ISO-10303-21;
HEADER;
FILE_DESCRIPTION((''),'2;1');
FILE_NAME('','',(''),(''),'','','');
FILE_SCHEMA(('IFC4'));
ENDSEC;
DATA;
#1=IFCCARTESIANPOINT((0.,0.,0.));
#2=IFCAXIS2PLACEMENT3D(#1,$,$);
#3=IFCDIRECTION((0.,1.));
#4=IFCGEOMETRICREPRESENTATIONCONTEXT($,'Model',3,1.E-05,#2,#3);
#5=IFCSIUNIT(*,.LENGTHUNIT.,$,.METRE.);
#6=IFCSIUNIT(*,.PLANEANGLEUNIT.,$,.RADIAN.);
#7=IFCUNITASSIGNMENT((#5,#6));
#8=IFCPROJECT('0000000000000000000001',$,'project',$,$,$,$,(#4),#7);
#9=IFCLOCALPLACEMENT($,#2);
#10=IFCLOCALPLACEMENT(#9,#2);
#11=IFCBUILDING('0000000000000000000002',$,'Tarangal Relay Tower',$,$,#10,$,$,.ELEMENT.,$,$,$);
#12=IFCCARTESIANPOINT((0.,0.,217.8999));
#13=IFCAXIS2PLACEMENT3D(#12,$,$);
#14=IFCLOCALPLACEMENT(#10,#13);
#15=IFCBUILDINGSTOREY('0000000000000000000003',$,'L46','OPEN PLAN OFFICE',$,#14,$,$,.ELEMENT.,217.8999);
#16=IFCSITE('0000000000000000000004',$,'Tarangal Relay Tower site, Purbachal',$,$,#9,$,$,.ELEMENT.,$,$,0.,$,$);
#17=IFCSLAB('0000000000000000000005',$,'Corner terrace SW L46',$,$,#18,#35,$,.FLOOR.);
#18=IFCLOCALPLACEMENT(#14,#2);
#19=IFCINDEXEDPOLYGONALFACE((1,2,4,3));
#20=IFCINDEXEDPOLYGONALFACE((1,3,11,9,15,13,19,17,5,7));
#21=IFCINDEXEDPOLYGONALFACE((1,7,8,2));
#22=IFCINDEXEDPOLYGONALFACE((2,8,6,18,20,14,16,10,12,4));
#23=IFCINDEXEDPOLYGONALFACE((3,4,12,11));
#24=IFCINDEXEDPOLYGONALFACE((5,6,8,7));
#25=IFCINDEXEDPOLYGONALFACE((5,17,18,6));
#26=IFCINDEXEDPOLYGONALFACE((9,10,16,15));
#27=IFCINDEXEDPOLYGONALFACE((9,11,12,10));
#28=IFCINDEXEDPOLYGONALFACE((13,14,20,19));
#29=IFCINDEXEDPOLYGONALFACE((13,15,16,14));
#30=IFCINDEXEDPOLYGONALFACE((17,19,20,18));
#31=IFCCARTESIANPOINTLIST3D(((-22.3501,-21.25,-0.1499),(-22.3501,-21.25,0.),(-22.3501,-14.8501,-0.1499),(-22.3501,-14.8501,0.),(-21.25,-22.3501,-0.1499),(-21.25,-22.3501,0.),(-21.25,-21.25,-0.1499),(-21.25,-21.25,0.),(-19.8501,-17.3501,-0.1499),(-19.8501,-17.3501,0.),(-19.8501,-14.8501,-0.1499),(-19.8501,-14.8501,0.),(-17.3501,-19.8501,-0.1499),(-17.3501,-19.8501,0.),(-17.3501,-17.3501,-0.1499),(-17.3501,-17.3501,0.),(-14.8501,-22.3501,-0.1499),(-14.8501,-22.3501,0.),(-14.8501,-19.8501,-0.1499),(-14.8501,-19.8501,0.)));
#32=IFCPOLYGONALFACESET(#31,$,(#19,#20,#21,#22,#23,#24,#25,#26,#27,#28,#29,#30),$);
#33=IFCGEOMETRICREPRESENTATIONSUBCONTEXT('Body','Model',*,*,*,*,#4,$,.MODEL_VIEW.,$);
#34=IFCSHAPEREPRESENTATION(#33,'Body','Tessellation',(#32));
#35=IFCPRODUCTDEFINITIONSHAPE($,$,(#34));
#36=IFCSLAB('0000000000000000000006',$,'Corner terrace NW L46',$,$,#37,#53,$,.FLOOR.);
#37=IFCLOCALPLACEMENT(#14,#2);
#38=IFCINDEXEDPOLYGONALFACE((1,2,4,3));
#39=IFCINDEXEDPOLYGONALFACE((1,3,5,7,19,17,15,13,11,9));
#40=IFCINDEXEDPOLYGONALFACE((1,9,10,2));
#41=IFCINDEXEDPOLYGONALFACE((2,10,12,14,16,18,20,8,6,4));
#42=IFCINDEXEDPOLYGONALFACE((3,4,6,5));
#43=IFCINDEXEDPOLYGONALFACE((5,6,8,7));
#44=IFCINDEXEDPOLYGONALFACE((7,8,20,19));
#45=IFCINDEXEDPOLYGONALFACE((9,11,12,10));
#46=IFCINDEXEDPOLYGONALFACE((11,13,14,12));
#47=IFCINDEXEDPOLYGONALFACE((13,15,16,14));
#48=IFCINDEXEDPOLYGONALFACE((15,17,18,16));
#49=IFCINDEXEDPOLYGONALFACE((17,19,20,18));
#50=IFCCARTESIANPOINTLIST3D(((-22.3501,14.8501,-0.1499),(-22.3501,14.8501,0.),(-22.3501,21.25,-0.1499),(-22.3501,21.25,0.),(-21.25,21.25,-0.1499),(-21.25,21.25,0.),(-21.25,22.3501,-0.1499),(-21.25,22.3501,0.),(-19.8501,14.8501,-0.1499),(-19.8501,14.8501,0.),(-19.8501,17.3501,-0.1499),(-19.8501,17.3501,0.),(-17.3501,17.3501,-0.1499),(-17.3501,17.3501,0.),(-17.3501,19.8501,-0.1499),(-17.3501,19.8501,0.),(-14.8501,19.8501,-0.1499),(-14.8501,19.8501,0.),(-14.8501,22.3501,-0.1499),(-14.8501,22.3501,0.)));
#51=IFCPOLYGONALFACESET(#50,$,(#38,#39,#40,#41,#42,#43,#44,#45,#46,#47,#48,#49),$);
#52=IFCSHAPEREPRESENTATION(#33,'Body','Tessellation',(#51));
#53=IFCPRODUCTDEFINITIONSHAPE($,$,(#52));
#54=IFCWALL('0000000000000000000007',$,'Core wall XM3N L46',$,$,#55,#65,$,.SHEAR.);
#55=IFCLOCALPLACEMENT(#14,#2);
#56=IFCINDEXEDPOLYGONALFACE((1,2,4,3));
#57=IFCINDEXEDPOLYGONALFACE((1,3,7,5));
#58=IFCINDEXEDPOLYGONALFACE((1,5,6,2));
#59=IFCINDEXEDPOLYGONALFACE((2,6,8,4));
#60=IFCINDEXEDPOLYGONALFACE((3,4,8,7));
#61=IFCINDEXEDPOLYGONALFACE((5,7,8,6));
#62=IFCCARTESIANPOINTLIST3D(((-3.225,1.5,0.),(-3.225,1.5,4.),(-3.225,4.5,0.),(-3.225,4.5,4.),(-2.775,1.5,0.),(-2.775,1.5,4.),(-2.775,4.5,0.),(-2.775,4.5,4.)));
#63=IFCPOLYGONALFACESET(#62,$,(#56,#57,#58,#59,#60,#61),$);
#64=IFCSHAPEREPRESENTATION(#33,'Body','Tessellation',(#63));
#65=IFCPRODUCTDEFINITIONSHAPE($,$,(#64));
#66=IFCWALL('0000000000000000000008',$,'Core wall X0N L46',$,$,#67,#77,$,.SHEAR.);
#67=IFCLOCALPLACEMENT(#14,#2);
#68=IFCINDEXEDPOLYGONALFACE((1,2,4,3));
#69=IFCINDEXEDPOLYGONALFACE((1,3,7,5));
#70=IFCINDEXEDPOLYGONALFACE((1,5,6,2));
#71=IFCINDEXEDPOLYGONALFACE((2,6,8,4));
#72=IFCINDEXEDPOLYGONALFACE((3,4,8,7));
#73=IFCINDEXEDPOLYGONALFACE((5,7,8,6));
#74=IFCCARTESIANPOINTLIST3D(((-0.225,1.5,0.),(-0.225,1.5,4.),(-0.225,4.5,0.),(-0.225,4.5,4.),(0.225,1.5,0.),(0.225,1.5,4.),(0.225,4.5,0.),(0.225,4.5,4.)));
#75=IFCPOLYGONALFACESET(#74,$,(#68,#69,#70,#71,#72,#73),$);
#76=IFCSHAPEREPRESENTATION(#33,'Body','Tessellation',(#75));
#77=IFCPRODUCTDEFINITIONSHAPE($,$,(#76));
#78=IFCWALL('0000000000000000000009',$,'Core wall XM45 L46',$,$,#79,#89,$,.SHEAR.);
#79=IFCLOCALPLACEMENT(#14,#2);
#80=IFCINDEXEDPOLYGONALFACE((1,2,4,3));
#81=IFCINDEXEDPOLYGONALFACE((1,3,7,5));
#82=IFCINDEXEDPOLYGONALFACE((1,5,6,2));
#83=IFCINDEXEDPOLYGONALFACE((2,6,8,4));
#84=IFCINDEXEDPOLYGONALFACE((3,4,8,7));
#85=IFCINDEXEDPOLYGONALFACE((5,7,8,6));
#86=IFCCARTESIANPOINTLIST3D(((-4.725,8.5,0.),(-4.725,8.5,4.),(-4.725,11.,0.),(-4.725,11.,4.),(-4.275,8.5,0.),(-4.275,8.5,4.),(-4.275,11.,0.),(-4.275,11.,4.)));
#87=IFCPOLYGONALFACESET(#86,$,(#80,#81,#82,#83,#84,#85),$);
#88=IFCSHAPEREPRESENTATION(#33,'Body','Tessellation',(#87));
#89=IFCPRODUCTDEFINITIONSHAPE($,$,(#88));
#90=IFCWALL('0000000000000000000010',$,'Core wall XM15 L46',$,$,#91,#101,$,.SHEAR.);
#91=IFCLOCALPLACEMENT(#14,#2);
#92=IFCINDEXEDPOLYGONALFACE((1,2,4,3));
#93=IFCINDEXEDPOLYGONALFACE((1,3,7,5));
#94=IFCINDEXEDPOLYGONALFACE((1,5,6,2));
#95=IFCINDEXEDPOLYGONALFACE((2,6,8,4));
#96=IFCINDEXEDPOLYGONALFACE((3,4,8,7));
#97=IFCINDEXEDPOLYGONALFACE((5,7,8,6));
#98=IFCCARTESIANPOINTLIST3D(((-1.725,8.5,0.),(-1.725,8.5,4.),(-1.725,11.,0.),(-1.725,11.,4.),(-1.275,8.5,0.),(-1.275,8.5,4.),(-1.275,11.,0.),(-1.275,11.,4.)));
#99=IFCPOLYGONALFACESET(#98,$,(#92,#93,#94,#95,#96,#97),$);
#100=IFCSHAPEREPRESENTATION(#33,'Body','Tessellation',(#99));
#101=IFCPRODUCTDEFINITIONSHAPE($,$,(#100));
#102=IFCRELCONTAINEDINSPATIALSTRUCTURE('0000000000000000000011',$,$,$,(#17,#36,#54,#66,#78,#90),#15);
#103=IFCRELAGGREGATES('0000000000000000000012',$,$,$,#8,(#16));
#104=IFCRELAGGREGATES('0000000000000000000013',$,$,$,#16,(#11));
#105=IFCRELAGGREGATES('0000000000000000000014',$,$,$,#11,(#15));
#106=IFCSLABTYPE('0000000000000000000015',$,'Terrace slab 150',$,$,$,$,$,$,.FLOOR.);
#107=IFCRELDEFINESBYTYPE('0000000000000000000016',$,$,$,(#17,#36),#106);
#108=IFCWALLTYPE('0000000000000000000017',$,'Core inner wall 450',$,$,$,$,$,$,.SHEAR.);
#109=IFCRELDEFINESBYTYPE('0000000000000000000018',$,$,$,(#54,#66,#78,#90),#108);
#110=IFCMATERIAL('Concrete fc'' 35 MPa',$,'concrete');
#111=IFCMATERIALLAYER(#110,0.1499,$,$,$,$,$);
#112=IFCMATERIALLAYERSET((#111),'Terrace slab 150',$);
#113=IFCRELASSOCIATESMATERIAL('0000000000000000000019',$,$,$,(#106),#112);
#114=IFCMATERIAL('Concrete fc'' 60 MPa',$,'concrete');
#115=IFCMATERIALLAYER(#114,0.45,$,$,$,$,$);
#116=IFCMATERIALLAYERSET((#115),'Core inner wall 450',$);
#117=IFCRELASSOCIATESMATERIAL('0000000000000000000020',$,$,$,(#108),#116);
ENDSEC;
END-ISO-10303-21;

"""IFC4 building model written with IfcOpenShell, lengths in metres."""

from ifc_helpers import new_model, si_unit, direction, frame, frame_2d, origin, place, context, subcontext, project, spatial, polyline, rectangle, outline, extrude, material, layer, layer_set, type_object, element, save


model = new_model("IFC4")

# Units and contexts
model_context = context("Model", 3, precision=1e-05, world=origin(), true_north=direction((0.0, 1.0)))
body_context = subcontext(model_context, "Body", "Model", "MODEL_VIEW")
ifc_project = project(units=[si_unit("LENGTHUNIT", "METRE"), si_unit("PLANEANGLEUNIT", "RADIAN")], contexts=[model_context])

# Site, building, storey
site_placement = place(None, origin())
site = spatial("IfcSite", under=ifc_project, at=site_placement, Name="Tarangal Relay Tower site, Purbachal", CompositionType="ELEMENT", RefElevation=0.0)
building_placement = place(site_placement, origin())
building = spatial("IfcBuilding", under=site, at=building_placement, Name="Tarangal Relay Tower", CompositionType="ELEMENT")
storey_placement = place(building_placement, frame((0.0, 0.0, 217.8999)))
storey = spatial("IfcBuildingStorey", under=building, at=storey_placement, Name="L46", Description="OPEN PLAN OFFICE", CompositionType="ELEMENT", Elevation=217.8999)

# Slabs
ifc_material_1 = material(Name="Concrete fc' 35 MPa", Category="concrete")
ifc_layer_1 = layer(ifc_material_1, 0.1499)
ifc_layer_set_1 = layer_set([ifc_layer_1], Name="Terrace slab 150")
slab_type_1 = type_object("IfcSlabType", Name="Terrace slab 150", PredefinedType="FLOOR", material=ifc_layer_set_1)
slab_1_placement = place(storey_placement, frame((0.0, 0.0, -0.1499)))
element("IfcSlab", 1, at=slab_1_placement, inside=storey, type_object=slab_type_1, Name="Corner terrace SW L46", PredefinedType="FLOOR", context=body_context, shape_type="SweptSolid", body=[
    extrude(outline(polyline([(-14.8501, -22.3501), (-14.8501, -19.8501), (-17.3501, -19.8501), (-17.3501, -17.3501), (-19.8501, -17.3501), (-19.8501, -14.8501), (-22.3501, -14.8501), (-22.3501, -21.25), (-21.25, -21.25), (-21.25, -22.3501), (-14.8501, -22.3501)])), origin(), (0.0, 0.0, 1.0), 0.1499),
])
slab_2_placement = place(storey_placement, frame((0.0, 0.0, -0.1499)))
element("IfcSlab", 2, at=slab_2_placement, inside=storey, type_object=slab_type_1, Name="Corner terrace NW L46", PredefinedType="FLOOR", context=body_context, shape_type="SweptSolid", body=[
    extrude(outline(polyline([(-22.3501, 14.8501), (-19.8501, 14.8501), (-19.8501, 17.3501), (-17.3501, 17.3501), (-17.3501, 19.8501), (-14.8501, 19.8501), (-14.8501, 22.3501), (-21.25, 22.3501), (-21.25, 21.25), (-22.3501, 21.25), (-22.3501, 14.8501)])), origin(), (0.0, 0.0, 1.0), 0.1499),
])

# Shared definitions
ifc_material_2 = material(Name="Concrete fc' 60 MPa", Category="concrete")
ifc_layer_2 = layer(ifc_material_2, 0.45)
ifc_layer_set_2 = layer_set([ifc_layer_2], Name="Core inner wall 450")
wall_type = type_object("IfcWallType", Name="Core inner wall 450", PredefinedType="SHEAR", material=ifc_layer_set_2)

# Walls
for number, where, z_axis, x_axis, name in (
    (3, (-3.0, 1.5, 0.0), (0.0, 0.0, 1.0), (0.0, 1.0, 0.0), "Core wall XM3N L46"),
    (4, (0.0, 1.5, 0.0), (0.0, 0.0, 1.0), (0.0, 1.0, 0.0), "Core wall X0N L46"),
):
    element("IfcWall", number, at=place(storey_placement, frame(where, z_axis=z_axis, x_axis=x_axis)), inside=storey, type_object=wall_type, Name=name, PredefinedType="SHEAR", context=body_context, shape_type="SweptSolid", body=[
        extrude(rectangle(XDim=3.0, YDim=0.45, at=frame_2d((1.5, 0.0))), origin(), (0.0, 0.0, 1.0), 4.0),
    ])
for number, where, z_axis, x_axis, name in (
    (5, (-4.5, 8.5, 0.0), (0.0, 0.0, 1.0), (0.0, 1.0, 0.0), "Core wall XM45 L46"),
    (6, (-1.5, 8.5, 0.0), (0.0, 0.0, 1.0), (0.0, 1.0, 0.0), "Core wall XM15 L46"),
):
    element("IfcWall", number, at=place(storey_placement, frame(where, z_axis=z_axis, x_axis=x_axis)), inside=storey, type_object=wall_type, Name=name, PredefinedType="SHEAR", context=body_context, shape_type="SweptSolid", body=[
        extrude(rectangle(XDim=2.5, YDim=0.45, at=frame_2d((1.25, 0.0))), origin(), (0.0, 0.0, 1.0), 4.0),
    ])

save(model, "model.ifc")
